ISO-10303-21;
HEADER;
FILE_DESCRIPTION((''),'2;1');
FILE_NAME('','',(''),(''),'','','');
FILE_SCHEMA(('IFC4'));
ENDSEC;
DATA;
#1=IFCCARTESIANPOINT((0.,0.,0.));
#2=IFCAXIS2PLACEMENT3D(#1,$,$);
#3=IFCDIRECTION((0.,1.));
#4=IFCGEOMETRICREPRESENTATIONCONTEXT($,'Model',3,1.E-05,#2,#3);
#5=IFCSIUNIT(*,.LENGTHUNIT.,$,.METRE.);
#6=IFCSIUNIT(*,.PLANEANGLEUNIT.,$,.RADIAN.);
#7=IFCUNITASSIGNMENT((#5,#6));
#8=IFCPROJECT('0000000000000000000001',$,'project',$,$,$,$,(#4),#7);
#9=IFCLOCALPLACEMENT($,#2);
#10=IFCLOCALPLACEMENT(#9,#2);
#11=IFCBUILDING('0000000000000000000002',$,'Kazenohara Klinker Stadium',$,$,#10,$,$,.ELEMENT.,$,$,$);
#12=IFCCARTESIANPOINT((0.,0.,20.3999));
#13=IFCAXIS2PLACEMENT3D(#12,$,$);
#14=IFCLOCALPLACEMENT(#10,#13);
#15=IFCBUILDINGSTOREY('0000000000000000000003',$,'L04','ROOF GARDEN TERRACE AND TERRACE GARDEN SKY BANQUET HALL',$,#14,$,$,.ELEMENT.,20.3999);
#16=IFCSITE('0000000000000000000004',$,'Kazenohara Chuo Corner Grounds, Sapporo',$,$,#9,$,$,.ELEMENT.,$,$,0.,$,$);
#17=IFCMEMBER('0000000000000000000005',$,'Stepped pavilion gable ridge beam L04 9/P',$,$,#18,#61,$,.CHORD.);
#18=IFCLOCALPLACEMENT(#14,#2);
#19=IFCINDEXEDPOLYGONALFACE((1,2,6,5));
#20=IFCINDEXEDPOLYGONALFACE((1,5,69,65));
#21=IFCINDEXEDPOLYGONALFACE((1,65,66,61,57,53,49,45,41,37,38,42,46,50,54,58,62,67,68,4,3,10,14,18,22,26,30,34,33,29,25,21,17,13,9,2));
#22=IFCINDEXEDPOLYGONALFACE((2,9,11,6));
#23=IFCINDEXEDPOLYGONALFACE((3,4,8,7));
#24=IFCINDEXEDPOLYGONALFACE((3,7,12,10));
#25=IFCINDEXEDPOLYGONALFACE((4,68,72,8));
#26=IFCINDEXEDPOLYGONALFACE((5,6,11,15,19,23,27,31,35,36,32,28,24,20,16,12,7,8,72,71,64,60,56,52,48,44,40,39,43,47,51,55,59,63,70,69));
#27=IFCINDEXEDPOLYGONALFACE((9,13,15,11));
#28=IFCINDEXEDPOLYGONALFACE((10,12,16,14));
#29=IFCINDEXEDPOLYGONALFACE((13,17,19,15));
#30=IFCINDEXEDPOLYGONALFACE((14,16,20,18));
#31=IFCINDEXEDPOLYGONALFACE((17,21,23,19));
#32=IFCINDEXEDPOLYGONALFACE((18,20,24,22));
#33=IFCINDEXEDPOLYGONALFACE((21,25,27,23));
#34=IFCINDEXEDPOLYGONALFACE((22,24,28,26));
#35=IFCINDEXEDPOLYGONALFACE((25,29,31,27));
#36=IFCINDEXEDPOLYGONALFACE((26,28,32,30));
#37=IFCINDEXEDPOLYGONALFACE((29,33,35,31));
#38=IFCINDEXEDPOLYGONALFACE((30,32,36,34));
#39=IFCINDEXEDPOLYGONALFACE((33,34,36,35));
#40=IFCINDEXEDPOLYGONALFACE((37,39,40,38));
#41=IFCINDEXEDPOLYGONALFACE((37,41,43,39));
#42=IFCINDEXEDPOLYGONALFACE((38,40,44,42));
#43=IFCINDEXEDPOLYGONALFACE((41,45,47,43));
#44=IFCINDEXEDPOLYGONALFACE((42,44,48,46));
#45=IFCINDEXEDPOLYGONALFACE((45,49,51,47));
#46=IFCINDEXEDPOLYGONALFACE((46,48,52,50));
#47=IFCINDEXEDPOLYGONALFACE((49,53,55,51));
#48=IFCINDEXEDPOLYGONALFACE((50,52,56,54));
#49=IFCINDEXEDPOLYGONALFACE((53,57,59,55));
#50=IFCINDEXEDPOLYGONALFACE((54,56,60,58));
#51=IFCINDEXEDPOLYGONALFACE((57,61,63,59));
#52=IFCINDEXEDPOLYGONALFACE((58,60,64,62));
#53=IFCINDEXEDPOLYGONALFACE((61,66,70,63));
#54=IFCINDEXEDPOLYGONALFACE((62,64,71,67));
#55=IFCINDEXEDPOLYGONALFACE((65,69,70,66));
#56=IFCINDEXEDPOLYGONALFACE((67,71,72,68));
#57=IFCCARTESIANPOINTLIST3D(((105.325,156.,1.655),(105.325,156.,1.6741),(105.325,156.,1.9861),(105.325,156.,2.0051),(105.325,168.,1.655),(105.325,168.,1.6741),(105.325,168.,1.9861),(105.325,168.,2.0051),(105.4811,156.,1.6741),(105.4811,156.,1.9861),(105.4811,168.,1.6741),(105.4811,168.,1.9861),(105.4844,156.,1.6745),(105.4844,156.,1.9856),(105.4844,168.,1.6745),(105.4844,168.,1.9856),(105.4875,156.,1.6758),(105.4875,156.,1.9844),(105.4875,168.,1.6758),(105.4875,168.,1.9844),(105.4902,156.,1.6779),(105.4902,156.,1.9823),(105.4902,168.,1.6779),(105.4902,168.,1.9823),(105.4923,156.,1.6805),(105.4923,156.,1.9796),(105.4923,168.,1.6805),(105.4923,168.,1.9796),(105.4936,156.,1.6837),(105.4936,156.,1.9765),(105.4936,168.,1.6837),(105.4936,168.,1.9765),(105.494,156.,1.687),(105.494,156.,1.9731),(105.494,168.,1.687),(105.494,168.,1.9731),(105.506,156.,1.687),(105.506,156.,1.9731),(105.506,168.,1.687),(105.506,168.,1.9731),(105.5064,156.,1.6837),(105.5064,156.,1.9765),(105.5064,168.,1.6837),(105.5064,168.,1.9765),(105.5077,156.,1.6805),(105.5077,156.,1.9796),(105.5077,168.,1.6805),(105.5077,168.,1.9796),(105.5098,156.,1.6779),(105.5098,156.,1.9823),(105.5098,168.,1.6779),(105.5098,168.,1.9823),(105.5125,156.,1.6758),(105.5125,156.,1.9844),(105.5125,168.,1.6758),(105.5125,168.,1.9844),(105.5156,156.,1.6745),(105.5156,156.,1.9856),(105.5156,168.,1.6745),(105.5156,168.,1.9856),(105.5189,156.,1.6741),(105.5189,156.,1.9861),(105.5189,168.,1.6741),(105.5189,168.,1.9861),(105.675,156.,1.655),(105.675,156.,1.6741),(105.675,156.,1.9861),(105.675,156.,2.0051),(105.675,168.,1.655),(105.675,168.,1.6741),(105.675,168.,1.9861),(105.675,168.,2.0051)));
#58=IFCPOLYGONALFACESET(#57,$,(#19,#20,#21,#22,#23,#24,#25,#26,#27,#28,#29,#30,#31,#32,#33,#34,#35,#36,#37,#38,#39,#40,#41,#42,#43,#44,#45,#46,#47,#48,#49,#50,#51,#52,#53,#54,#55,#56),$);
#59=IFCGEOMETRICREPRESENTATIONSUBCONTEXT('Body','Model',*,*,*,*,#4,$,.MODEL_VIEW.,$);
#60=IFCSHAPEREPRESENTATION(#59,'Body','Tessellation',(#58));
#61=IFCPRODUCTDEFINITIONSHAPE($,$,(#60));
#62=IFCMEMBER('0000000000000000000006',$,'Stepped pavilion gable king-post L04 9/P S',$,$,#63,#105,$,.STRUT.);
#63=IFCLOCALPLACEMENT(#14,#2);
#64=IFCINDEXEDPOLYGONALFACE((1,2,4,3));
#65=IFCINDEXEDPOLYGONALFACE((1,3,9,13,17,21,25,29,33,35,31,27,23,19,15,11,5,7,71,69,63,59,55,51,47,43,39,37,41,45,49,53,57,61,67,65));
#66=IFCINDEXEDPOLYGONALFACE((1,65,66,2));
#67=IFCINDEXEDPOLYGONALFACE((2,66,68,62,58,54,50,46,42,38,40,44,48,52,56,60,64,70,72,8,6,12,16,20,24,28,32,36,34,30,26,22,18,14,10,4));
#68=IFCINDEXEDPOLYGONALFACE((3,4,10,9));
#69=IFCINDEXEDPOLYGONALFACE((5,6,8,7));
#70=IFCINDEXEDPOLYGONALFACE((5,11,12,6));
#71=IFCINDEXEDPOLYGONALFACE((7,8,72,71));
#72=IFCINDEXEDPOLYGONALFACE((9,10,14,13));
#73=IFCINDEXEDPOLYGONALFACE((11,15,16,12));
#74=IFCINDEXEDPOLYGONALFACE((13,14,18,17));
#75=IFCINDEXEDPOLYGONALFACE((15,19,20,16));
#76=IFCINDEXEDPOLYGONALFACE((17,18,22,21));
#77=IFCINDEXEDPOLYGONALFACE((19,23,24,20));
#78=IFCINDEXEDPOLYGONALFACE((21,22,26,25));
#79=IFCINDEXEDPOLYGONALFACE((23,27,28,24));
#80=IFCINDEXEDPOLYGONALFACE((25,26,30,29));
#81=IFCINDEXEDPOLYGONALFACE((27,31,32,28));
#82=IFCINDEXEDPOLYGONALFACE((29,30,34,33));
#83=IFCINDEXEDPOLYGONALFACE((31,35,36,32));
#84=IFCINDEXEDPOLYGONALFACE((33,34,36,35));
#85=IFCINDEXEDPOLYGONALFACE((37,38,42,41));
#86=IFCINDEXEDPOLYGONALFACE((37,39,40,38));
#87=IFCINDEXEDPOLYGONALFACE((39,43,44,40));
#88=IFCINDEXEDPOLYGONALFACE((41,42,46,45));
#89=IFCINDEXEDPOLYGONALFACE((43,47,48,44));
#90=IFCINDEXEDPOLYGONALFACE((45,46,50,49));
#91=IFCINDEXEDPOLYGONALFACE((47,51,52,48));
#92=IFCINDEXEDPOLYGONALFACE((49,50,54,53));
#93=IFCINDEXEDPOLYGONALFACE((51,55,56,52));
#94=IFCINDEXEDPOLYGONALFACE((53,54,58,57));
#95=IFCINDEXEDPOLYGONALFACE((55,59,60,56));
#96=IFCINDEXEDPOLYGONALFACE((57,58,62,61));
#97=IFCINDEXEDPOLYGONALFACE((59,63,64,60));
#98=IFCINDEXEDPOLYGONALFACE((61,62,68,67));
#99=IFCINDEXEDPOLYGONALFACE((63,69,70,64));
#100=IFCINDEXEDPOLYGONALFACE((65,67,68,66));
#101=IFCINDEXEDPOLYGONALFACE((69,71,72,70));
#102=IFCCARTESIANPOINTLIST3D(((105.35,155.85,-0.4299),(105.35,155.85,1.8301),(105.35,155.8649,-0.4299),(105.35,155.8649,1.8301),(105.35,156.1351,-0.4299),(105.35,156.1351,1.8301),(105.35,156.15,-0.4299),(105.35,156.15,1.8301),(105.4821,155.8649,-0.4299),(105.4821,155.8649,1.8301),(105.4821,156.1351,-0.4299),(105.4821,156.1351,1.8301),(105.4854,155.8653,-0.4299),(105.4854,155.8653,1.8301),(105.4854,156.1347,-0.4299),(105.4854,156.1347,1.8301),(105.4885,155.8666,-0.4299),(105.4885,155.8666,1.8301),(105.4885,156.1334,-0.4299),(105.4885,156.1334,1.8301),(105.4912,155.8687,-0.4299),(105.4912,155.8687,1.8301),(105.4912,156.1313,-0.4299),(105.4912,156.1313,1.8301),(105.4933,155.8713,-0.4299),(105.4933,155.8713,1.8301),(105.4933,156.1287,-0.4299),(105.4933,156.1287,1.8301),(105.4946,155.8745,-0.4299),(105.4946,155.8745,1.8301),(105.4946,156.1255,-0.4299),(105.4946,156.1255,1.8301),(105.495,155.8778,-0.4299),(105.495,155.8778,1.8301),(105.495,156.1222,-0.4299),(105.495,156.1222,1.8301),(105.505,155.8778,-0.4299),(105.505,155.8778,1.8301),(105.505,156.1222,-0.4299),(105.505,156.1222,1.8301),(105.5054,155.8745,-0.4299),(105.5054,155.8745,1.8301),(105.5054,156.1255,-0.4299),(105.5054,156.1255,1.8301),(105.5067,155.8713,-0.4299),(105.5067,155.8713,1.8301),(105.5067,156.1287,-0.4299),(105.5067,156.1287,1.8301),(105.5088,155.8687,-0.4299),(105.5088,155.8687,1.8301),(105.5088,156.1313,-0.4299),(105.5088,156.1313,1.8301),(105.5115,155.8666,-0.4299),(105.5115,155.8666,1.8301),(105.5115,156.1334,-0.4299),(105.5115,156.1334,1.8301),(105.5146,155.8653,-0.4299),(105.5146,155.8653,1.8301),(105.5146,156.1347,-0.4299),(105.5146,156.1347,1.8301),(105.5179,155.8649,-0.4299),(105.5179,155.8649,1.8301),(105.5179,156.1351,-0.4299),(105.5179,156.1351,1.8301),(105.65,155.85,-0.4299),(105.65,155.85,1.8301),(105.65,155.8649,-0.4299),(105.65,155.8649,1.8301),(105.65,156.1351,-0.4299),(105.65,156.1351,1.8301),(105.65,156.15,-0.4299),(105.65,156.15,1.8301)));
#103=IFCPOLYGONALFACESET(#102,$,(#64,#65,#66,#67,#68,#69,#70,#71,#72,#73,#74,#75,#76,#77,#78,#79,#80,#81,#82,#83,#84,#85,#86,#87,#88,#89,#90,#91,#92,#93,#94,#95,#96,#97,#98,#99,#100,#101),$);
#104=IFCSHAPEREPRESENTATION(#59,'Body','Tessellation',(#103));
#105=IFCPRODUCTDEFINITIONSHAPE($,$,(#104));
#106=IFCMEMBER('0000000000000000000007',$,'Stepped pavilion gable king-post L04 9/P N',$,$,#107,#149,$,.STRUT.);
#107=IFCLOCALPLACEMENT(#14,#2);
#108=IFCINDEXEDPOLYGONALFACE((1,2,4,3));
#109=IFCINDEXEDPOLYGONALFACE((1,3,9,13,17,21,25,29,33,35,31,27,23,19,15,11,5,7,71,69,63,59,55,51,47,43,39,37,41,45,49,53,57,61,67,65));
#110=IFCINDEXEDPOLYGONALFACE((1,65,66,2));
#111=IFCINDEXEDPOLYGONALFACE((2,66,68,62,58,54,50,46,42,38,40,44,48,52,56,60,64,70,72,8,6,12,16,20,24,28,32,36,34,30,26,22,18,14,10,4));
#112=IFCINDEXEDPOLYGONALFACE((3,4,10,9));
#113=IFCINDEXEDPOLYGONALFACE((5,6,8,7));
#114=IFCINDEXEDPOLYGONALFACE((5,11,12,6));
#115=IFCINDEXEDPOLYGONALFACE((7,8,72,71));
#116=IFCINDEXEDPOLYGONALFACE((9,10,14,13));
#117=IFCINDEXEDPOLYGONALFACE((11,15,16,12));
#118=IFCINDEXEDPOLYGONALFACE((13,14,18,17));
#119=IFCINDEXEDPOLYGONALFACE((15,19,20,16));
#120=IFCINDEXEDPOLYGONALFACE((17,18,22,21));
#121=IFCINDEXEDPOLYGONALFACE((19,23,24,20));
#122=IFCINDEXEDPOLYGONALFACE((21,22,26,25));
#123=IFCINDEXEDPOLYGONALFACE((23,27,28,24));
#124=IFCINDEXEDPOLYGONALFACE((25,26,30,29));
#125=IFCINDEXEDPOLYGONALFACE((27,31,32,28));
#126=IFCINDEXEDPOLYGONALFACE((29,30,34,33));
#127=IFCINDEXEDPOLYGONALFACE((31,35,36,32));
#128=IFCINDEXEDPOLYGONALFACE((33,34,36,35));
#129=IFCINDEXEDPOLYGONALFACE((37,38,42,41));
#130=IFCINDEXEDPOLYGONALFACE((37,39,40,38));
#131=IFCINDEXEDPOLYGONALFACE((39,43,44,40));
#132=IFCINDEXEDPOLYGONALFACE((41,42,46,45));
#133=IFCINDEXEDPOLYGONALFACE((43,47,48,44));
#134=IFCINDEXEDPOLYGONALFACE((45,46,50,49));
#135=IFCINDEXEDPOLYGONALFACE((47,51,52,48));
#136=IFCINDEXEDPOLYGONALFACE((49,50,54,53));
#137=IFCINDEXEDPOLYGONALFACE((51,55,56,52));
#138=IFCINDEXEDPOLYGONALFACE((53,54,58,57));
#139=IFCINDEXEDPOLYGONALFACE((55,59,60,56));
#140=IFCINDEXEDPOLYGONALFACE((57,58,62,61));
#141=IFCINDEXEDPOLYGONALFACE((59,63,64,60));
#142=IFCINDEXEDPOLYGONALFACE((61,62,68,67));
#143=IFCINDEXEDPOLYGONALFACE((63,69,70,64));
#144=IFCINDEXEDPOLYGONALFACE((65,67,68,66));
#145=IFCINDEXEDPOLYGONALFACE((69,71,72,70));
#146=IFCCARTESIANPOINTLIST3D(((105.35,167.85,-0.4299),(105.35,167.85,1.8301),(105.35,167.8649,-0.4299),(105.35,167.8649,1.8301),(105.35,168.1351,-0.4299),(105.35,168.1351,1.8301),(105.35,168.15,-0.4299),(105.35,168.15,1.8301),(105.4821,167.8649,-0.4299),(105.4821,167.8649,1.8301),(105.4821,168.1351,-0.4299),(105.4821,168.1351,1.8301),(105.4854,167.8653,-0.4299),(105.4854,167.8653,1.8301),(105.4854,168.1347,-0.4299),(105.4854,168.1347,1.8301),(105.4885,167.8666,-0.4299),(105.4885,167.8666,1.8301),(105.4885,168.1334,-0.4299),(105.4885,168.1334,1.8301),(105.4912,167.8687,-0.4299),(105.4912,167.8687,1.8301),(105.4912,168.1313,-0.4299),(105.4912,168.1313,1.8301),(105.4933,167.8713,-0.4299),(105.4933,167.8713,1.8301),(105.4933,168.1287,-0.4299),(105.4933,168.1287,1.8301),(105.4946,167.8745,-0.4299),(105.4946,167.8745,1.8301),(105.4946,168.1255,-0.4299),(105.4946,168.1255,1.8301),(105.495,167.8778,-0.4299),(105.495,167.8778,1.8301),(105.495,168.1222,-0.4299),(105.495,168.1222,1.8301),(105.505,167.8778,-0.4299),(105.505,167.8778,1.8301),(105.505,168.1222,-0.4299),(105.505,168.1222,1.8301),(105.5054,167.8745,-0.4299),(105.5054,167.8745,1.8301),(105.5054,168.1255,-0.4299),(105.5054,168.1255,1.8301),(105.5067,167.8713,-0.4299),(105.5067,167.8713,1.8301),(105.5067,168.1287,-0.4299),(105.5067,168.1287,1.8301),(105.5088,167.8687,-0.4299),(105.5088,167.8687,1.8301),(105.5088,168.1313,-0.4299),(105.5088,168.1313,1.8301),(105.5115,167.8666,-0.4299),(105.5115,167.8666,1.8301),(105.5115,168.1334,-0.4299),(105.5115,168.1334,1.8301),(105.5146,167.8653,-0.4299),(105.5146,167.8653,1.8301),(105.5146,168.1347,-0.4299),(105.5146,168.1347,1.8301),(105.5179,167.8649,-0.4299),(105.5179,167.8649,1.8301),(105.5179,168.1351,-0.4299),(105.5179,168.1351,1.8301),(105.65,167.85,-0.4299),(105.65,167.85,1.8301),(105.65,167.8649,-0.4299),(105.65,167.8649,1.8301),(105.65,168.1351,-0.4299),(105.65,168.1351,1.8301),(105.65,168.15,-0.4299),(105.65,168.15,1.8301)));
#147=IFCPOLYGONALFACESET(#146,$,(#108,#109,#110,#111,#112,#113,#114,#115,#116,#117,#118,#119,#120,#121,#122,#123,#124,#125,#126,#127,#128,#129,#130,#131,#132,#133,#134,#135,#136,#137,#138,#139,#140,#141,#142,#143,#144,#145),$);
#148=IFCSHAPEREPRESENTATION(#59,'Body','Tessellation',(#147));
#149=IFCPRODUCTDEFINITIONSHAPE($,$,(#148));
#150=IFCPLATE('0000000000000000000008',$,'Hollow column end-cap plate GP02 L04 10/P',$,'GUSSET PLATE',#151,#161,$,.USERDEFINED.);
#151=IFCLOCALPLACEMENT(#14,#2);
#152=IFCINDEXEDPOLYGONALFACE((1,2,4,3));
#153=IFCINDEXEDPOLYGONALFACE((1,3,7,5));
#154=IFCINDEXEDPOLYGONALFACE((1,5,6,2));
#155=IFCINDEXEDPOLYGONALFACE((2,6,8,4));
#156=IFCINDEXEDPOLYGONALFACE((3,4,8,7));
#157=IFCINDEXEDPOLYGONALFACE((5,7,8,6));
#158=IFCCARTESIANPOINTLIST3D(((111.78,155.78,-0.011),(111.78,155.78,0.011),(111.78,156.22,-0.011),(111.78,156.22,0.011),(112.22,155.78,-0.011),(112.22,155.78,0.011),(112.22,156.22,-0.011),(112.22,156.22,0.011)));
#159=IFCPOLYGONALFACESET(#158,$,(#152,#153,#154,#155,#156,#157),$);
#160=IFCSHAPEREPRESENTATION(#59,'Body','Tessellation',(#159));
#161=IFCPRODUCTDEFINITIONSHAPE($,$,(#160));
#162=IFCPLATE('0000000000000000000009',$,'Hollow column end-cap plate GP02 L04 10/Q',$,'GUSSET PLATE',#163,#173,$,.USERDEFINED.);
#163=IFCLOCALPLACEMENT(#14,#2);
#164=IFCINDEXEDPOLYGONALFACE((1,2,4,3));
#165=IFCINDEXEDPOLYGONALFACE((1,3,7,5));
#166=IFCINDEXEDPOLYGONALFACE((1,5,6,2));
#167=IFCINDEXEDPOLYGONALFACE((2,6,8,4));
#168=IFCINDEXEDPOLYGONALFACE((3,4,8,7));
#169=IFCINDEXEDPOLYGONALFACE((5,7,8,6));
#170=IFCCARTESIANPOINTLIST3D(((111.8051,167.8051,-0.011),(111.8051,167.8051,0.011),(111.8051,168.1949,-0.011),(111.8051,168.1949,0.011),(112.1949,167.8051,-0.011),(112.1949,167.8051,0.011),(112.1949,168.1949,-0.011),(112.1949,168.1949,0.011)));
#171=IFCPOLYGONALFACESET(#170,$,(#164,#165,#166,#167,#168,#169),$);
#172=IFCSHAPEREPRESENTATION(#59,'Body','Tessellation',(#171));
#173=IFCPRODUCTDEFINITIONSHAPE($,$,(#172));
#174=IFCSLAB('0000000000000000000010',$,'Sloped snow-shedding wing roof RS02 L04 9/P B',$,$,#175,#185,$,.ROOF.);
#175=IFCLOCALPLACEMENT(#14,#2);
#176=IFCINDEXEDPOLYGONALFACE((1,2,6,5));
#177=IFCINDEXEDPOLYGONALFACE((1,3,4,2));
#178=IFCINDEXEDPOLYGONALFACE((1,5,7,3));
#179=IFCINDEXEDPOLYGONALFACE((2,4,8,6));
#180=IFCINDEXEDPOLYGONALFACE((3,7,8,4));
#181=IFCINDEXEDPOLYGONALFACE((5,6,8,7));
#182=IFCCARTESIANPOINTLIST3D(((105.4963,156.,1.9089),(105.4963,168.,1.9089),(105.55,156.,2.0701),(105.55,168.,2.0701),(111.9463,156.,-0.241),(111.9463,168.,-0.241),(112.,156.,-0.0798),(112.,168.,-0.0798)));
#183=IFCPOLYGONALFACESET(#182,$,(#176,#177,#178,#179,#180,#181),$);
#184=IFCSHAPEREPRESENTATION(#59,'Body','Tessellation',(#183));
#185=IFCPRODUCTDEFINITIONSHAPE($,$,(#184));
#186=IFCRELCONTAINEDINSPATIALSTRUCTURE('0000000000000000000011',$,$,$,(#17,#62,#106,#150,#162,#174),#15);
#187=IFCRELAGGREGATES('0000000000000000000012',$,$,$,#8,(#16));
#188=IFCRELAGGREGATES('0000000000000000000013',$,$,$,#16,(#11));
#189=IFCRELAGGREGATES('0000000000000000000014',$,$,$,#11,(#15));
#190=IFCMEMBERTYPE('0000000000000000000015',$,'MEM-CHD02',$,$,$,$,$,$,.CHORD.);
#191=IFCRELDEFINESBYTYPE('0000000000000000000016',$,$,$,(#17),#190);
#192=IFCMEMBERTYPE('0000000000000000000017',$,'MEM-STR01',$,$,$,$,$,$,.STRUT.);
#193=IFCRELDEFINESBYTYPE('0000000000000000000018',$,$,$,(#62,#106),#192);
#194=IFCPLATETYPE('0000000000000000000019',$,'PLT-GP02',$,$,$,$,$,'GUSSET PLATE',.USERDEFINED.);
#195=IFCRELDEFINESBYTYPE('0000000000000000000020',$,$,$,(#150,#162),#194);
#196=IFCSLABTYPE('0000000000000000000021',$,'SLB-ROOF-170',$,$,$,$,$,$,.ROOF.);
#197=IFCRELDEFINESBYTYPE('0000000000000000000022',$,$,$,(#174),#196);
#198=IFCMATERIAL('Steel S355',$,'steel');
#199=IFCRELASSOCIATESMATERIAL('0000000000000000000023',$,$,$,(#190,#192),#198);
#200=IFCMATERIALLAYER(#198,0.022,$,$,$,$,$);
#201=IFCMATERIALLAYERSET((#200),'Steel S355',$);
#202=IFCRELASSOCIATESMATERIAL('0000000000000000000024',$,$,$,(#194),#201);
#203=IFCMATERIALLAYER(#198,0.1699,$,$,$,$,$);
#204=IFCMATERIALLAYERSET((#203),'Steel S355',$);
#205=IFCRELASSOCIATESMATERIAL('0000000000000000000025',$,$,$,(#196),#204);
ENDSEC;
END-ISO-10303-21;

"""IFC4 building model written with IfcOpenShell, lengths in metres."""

from ifc_helpers import new_model, si_unit, direction, frame, origin, origin_2d, place, context, subcontext, project, spatial, polyline, rectangle, i_section, outline, extrude, material, layer, layer_set, material_profile, profile_set, type_object, element, save


model = new_model("IFC4")

# Units and contexts
model_context = context("Model", 3, precision=1e-05, world=origin(), true_north=direction((0.0, 1.0)))
body_context = subcontext(model_context, "Body", "Model", "MODEL_VIEW")
ifc_project = project(units=[si_unit("LENGTHUNIT", "METRE"), si_unit("PLANEANGLEUNIT", "RADIAN")], contexts=[model_context])

# Site, building, storey
site_placement = place(None, origin())
site = spatial("IfcSite", under=ifc_project, at=site_placement, Name="Kazenohara Chuo Corner Grounds, Sapporo", CompositionType="ELEMENT", RefElevation=0.0)
building_placement = place(site_placement, origin())
building = spatial("IfcBuilding", under=site, at=building_placement, Name="Kazenohara Klinker Stadium", CompositionType="ELEMENT")
storey_placement = place(building_placement, frame((0.0, 0.0, 20.3999)))
storey = spatial("IfcBuildingStorey", under=building, at=storey_placement, Name="L04", Description="ROOF GARDEN TERRACE AND TERRACE GARDEN SKY BANQUET HALL", CompositionType="ELEMENT", Elevation=20.3999)

# Shared definitions
ifc_material_1 = material(Name="Steel S355", Category="steel")

# Members
ifc_material_profile_1 = material_profile(ifc_material_1, i_section(OverallWidth=0.3501, OverallDepth=0.3501, WebThickness=0.012, FlangeThickness=0.019, FilletRadius=0.0129, at=origin_2d()), Name="H-350x350x12x19")
ifc_profile_set_1 = profile_set([ifc_material_profile_1], Name="Steel S355")
member_type_1 = type_object("IfcMemberType", Name="MEM-CHD02", PredefinedType="CHORD", material=ifc_profile_set_1)
member_placement = place(storey_placement, frame((105.5, 156.0, 1.8301), z_axis=(0.0, 1.0, 0.0), x_axis=(-1.0, 0.0, 0.0)))
element("IfcMember", 1, at=member_placement, inside=storey, type_object=member_type_1, Name="Stepped pavilion gable ridge beam L04 9/P", PredefinedType="CHORD", context=body_context, shape_type="SweptSolid", body=[
    extrude(i_section(OverallWidth=0.3501, OverallDepth=0.3501, WebThickness=0.012, FlangeThickness=0.019, FilletRadius=0.0129, at=origin_2d()), origin(), (0.0, 0.0, 1.0), 12.0),
])
ifc_material_profile_2 = material_profile(ifc_material_1, i_section(OverallWidth=0.3, OverallDepth=0.3, WebThickness=0.01, FlangeThickness=0.0149, FilletRadius=0.0129, at=origin_2d()), Name="H-300x300x10x15")
ifc_profile_set_2 = profile_set([ifc_material_profile_2], Name="Steel S355")
member_type_2 = type_object("IfcMemberType", Name="MEM-STR01", PredefinedType="STRUT", material=ifc_profile_set_2)
for number, where, z_axis, x_axis, name in (
    (2, (105.5, 156.0, -0.4299), (0.0, 0.0, 1.0), (1.0, 0.0, 0.0), "Stepped pavilion gable king-post L04 9/P S"),
    (3, (105.5, 168.0, -0.4299), (0.0, 0.0, 1.0), (1.0, 0.0, 0.0), "Stepped pavilion gable king-post L04 9/P N"),
):
    element("IfcMember", number, at=place(storey_placement, frame(where, z_axis=z_axis, x_axis=x_axis)), inside=storey, type_object=member_type_2, Name=name, PredefinedType="STRUT", context=body_context, shape_type="SweptSolid", body=[
        extrude(i_section(OverallWidth=0.3, OverallDepth=0.3, WebThickness=0.01, FlangeThickness=0.0149, FilletRadius=0.0129, at=origin_2d()), origin(), (0.0, 0.0, 1.0), 2.26),
    ])

# Plates
ifc_layer_1 = layer(ifc_material_1, 0.022)
ifc_layer_set_1 = layer_set([ifc_layer_1], Name="Steel S355")
plate_type = type_object("IfcPlateType", Name="PLT-GP02", ElementType="GUSSET PLATE", PredefinedType="USERDEFINED", material=ifc_layer_set_1)
plate_1_placement = place(storey_placement, frame((112.0, 156.0, -0.011), z_axis=(0.0, 0.0, 1.0), x_axis=(1.0, 0.0, 0.0)))
element("IfcPlate", 4, at=plate_1_placement, inside=storey, type_object=plate_type, Name="Hollow column end-cap plate GP02 L04 10/P", ObjectType="GUSSET PLATE", PredefinedType="USERDEFINED", context=body_context, shape_type="SweptSolid", body=[
    extrude(rectangle(XDim=0.4399, YDim=0.4399, at=origin_2d()), origin(), (0.0, 0.0, 1.0), 0.022),
])
plate_2_placement = place(storey_placement, frame((112.0, 168.0, -0.011), z_axis=(0.0, 0.0, 1.0), x_axis=(1.0, 0.0, 0.0)))
element("IfcPlate", 5, at=plate_2_placement, inside=storey, type_object=plate_type, Name="Hollow column end-cap plate GP02 L04 10/Q", ObjectType="GUSSET PLATE", PredefinedType="USERDEFINED", context=body_context, shape_type="SweptSolid", body=[
    extrude(rectangle(XDim=0.3899, YDim=0.3899, at=origin_2d()), origin(), (0.0, 0.0, 1.0), 0.022),
])

# Slab
ifc_layer_2 = layer(ifc_material_1, 0.1699)
ifc_layer_set_2 = layer_set([ifc_layer_2], Name="Steel S355")
slab_type = type_object("IfcSlabType", Name="SLB-ROOF-170", PredefinedType="ROOF", material=ifc_layer_set_2)
slab_placement = place(storey_placement, frame((105.55, 156.0, 2.0701), z_axis=(0.316217, 0.0, 0.948687), x_axis=(0.948687, 0.0, -0.316217)))
element("IfcSlab", 6, at=slab_placement, inside=storey, type_object=slab_type, Name="Sloped snow-shedding wing roof RS02 L04 9/P B", PredefinedType="ROOF", context=body_context, shape_type="SweptSolid", body=[
    extrude(outline(polyline([(0.0, 0.0), (6.7988, 0.0), (6.7988, 12.0), (0.0, 12.0), (0.0, 0.0)])), origin(), (0.0, 0.0, -1.0), 0.1699),
])

save(model, "model.ifc")
